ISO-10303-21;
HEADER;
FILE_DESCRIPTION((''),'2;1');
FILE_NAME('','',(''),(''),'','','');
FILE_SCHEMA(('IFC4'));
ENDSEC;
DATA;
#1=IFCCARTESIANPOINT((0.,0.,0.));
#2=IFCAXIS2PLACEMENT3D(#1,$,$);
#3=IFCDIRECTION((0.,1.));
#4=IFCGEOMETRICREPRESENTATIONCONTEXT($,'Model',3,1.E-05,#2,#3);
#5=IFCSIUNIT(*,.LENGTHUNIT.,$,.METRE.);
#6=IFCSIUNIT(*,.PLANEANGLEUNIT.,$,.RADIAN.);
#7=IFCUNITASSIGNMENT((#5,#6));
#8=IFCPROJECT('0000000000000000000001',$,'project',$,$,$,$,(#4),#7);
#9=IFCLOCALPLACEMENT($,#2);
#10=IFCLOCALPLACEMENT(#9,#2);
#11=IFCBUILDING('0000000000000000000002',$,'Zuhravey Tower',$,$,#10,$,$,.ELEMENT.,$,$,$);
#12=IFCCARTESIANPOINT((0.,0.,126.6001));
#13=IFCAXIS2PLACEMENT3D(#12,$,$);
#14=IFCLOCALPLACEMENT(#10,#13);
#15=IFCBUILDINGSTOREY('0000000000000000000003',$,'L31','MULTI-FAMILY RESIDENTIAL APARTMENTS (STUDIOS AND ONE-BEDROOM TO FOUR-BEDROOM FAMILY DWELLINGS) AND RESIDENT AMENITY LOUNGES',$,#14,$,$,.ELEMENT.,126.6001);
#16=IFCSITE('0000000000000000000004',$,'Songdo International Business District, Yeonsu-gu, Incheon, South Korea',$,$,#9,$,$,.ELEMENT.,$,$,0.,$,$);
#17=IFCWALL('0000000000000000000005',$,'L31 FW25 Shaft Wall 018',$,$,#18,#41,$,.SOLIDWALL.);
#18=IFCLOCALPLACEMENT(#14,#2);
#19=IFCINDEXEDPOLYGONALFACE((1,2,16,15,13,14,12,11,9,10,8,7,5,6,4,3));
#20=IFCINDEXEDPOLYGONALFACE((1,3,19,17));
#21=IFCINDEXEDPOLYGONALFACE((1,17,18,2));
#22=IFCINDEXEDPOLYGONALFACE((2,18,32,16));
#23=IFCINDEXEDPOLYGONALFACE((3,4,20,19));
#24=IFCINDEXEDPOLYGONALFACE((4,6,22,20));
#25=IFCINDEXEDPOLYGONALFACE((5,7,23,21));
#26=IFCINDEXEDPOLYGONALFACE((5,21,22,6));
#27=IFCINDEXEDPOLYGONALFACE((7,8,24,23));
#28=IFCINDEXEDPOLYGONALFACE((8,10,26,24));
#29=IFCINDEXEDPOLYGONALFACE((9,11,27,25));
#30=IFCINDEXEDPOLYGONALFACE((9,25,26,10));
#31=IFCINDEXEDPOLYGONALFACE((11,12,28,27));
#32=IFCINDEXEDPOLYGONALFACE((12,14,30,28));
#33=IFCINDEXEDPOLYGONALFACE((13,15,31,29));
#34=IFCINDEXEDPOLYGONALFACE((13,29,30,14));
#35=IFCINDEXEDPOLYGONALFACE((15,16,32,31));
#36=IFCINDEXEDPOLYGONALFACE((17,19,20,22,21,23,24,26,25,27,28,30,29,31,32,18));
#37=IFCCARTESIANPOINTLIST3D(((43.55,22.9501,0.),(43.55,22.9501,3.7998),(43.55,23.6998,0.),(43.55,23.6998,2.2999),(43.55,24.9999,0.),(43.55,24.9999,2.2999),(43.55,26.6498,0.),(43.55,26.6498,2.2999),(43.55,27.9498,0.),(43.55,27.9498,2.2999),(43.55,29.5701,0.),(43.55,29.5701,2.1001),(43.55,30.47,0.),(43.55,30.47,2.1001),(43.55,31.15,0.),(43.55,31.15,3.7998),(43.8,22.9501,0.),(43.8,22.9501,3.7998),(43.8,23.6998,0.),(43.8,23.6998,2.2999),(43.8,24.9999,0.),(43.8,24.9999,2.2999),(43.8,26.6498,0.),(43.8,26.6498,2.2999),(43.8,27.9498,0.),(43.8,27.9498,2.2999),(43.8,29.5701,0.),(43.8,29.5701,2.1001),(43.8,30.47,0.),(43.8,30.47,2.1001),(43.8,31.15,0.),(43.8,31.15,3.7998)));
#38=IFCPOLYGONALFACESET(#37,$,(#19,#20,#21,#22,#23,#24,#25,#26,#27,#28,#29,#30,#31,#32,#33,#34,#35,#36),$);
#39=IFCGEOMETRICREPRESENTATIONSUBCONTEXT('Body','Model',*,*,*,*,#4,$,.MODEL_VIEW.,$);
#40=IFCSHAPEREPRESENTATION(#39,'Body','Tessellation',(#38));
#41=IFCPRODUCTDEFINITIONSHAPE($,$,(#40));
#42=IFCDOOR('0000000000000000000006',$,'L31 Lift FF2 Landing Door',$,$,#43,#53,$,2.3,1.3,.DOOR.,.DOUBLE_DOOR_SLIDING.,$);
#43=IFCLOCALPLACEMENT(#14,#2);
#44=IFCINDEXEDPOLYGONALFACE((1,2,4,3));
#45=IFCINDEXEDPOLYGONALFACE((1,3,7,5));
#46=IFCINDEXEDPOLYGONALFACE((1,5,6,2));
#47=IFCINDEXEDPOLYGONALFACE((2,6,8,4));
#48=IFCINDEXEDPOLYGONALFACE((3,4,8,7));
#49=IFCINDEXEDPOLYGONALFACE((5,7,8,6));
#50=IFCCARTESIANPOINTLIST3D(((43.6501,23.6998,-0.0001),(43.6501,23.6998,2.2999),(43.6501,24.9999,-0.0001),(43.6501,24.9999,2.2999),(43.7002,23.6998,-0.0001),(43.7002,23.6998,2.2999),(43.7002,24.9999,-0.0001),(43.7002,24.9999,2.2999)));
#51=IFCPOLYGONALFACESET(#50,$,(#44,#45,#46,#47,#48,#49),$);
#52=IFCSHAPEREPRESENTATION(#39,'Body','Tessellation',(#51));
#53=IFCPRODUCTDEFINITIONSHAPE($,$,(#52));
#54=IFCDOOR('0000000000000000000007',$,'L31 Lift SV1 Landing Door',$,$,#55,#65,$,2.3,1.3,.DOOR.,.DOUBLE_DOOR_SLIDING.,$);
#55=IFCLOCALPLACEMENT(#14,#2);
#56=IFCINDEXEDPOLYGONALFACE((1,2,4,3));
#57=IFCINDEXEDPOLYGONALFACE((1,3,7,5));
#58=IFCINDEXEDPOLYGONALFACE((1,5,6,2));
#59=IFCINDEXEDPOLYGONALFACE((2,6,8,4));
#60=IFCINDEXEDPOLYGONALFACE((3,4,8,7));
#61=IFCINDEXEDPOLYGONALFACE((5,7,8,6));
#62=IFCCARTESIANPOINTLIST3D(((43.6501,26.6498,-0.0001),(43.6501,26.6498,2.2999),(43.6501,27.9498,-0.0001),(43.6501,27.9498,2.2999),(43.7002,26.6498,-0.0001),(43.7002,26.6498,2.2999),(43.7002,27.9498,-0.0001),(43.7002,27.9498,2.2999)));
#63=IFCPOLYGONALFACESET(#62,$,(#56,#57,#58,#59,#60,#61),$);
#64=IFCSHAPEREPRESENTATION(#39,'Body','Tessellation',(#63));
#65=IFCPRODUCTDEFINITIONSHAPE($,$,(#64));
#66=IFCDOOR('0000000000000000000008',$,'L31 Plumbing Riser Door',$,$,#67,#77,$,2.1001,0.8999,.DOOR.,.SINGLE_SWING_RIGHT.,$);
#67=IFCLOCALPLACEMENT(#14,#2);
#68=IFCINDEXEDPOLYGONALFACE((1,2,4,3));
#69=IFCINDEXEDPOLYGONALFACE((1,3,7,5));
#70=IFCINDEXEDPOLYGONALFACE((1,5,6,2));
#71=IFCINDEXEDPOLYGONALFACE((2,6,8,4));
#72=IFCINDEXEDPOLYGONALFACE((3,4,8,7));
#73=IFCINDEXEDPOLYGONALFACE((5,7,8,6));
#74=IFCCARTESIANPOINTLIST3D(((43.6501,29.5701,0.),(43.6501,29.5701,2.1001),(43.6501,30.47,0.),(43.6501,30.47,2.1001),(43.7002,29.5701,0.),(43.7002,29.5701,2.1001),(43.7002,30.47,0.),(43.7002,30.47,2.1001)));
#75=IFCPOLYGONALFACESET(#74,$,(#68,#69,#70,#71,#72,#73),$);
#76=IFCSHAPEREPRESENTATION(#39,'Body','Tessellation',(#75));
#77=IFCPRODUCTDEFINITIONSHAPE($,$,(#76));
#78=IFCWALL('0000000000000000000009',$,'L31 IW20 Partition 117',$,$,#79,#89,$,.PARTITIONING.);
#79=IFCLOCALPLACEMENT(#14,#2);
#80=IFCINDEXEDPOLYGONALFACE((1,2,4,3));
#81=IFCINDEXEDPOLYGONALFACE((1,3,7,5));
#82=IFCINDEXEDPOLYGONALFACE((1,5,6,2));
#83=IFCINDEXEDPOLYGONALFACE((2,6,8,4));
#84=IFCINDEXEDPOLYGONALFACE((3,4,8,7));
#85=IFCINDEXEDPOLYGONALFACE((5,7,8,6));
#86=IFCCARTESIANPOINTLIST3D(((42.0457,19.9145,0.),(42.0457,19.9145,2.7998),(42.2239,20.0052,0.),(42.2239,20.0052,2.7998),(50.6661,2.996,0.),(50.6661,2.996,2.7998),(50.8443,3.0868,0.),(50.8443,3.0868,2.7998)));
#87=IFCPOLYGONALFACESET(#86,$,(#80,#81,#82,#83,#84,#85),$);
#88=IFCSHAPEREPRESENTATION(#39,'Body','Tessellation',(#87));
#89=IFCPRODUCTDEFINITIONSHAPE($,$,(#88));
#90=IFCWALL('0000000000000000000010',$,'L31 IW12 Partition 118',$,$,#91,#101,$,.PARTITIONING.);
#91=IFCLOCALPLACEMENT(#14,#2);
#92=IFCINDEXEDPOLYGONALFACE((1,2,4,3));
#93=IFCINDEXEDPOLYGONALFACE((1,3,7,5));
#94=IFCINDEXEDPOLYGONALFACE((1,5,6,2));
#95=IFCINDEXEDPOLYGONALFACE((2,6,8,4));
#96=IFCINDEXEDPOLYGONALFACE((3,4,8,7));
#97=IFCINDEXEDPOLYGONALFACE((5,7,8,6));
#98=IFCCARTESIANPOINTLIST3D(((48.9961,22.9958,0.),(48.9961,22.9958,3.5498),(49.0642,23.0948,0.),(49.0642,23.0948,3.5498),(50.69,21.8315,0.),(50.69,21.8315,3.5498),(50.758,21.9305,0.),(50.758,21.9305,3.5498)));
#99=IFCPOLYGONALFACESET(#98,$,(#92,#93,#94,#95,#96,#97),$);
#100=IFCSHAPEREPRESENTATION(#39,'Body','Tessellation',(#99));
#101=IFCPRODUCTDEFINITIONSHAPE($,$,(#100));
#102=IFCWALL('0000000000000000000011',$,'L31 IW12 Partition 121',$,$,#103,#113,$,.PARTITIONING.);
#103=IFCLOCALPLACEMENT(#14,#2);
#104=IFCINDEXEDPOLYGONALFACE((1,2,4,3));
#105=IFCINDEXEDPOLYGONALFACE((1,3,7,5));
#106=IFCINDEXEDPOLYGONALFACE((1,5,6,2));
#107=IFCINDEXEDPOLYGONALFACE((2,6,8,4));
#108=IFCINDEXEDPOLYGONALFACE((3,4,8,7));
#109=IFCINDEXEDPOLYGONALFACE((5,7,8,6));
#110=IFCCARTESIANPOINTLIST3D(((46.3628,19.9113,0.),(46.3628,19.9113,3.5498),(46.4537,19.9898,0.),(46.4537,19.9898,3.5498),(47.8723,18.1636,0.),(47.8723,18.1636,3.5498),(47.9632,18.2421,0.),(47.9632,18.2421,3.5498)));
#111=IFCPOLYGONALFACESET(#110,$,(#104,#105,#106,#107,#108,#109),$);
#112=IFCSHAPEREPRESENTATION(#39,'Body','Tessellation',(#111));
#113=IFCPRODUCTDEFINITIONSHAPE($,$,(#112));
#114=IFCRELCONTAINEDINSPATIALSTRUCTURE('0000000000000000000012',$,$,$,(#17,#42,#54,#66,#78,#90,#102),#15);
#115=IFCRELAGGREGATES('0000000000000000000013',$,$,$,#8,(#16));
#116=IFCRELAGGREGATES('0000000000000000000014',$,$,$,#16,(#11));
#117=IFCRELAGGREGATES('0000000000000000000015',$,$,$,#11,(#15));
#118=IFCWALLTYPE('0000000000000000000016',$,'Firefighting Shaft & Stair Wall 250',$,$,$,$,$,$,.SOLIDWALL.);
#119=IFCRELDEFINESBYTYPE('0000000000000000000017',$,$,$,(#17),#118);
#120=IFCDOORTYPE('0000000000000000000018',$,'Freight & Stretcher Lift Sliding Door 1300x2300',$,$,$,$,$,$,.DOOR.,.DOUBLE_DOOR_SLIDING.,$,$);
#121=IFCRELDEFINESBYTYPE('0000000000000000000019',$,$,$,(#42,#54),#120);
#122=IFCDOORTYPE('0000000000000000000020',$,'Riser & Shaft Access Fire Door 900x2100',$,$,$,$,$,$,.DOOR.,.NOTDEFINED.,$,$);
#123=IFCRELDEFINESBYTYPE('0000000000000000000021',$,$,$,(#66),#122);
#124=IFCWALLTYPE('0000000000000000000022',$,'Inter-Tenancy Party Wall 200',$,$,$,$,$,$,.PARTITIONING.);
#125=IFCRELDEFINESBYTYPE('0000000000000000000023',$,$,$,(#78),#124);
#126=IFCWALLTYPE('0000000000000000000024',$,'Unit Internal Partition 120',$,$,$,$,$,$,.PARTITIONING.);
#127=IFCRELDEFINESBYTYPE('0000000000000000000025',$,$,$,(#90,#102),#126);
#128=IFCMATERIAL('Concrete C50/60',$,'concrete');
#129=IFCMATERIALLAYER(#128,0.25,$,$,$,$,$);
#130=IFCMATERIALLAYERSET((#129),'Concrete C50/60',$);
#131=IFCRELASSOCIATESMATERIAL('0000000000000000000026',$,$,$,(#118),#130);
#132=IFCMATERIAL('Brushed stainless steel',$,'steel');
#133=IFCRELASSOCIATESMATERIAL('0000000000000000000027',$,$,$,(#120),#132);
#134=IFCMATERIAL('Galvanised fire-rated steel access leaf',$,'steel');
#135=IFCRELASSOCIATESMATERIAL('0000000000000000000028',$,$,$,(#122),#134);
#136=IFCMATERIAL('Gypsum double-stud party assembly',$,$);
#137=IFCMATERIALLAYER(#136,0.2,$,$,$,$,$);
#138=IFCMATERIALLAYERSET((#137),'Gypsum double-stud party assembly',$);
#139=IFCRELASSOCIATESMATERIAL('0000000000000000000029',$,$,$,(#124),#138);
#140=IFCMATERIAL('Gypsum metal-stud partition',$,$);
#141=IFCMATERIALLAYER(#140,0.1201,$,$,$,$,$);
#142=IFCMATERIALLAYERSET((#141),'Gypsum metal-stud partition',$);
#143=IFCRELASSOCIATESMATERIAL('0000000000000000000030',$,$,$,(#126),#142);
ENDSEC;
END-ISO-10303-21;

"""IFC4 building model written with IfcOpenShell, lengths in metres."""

from ifc_helpers import new_model, si_unit, direction, frame, frame_2d, origin, place, context, subcontext, project, spatial, rectangle, extrude, material, layer, layer_set, type_object, element, fill, save


model = new_model("IFC4")

# Units and contexts
model_context = context("Model", 3, precision=1e-05, world=origin(), true_north=direction((0.0, 1.0)))
body_context = subcontext(model_context, "Body", "Model", "MODEL_VIEW")
ifc_project = project(units=[si_unit("LENGTHUNIT", "METRE"), si_unit("PLANEANGLEUNIT", "RADIAN")], contexts=[model_context])

# Site, building, storey
site_placement = place(None, origin())
site = spatial("IfcSite", under=ifc_project, at=site_placement, Name="Songdo International Business District, Yeonsu-gu, Incheon, South Korea", CompositionType="ELEMENT", RefElevation=0.0)
building_placement = place(site_placement, origin())
building = spatial("IfcBuilding", under=site, at=building_placement, Name="Zuhravey Tower", CompositionType="ELEMENT")
storey_placement = place(building_placement, frame((0.0, 0.0, 126.6001)))
storey = spatial("IfcBuildingStorey", under=building, at=storey_placement, Name="L31", Description="MULTI-FAMILY RESIDENTIAL APARTMENTS (STUDIOS AND ONE-BEDROOM TO FOUR-BEDROOM FAMILY DWELLINGS) AND RESIDENT AMENITY LOUNGES", CompositionType="ELEMENT", Elevation=126.6001)

# Shared definitions
ifc_material_1 = material(Name="Concrete C50/60", Category="concrete")
ifc_layer_1 = layer(ifc_material_1, 0.25)
ifc_layer_set_1 = layer_set([ifc_layer_1], Name="Concrete C50/60")
wall_type_1 = type_object("IfcWallType", Name="Firefighting Shaft & Stair Wall 250", PredefinedType="SOLIDWALL", material=ifc_layer_set_1)

# Wall, openings, doors
wall_1_placement = place(storey_placement, frame((43.675, 22.95, 0.0), z_axis=(0.0, 0.0, 1.0), x_axis=(0.0, 1.0, 0.0)))
wall_1 = element("IfcWall", 1, at=wall_1_placement, inside=storey, type_object=wall_type_1, Name="L31 FW25 Shaft Wall 018", PredefinedType="SOLIDWALL", context=body_context, shape_type="SweptSolid", body=[
    extrude(rectangle(XDim=8.2, YDim=0.25, at=frame_2d((4.1001, 0.0))), origin(), (0.0, 0.0, 1.0), 3.7998),
])
opening_1_placement = place(wall_1_placement, frame((0.75, 0.0, 0.0)))
opening_1 = element("IfcOpeningElement", 2, at=opening_1_placement, cuts=wall_1, PredefinedType="OPENING", context=body_context, shape_type="SweptSolid", body=[
    extrude(rectangle(XDim=1.3, YDim=2.3, at=frame_2d((0.6499, 1.1499))), frame((0.0, 0.137, 0.0), z_axis=(0.0, -1.0, 0.0), x_axis=(1.0, 0.0, 0.0)), (0.0, 0.0, 1.0), 0.2739),
])
opening_2_placement = place(wall_1_placement, frame((3.7, 0.0, 0.0)))
opening_2 = element("IfcOpeningElement", 3, at=opening_2_placement, cuts=wall_1, PredefinedType="OPENING", context=body_context, shape_type="SweptSolid", body=[
    extrude(rectangle(XDim=1.3, YDim=2.3, at=frame_2d((0.6499, 1.1499))), frame((0.0, 0.137, 0.0), z_axis=(0.0, -1.0, 0.0), x_axis=(1.0, 0.0, 0.0)), (0.0, 0.0, 1.0), 0.2739),
])
opening_3_placement = place(wall_1_placement, frame((6.6201, 0.0, 0.0)))
opening_3 = element("IfcOpeningElement", 4, at=opening_3_placement, cuts=wall_1, PredefinedType="OPENING", context=body_context, shape_type="SweptSolid", body=[
    extrude(rectangle(XDim=0.8999, YDim=2.1001, at=frame_2d((0.45, 1.05))), frame((0.0, 0.137, 0.0), z_axis=(0.0, -1.0, 0.0), x_axis=(1.0, 0.0, 0.0)), (0.0, 0.0, 1.0), 0.2739),
])
ifc_material_2 = material(Name="Brushed stainless steel", Category="steel")
door_type_1 = type_object("IfcDoorType", Name="Freight & Stretcher Lift Sliding Door 1300x2300", OperationType="DOUBLE_DOOR_SLIDING", PredefinedType="DOOR", material=ifc_material_2)
door_1_placement = place(opening_1_placement, origin())
door_1 = element("IfcDoor", 5, at=door_1_placement, inside=storey, type_object=door_type_1, Name="L31 Lift FF2 Landing Door", OperationType="DOUBLE_DOOR_SLIDING", OverallHeight=2.3, OverallWidth=1.3, PredefinedType="DOOR", context=body_context, shape_type="SweptSolid", body=[
    extrude(rectangle(XDim=1.3, YDim=2.3, at=frame_2d((0.6499, 1.1499))), frame((0.0, 0.0249, 0.0), z_axis=(0.0, -1.0, 0.0), x_axis=(1.0, 0.0, 0.0)), (0.0, 0.0, 1.0), 0.05),
])
fill(opening_1, door_1)
door_2_placement = place(opening_2_placement, origin())
door_2 = element("IfcDoor", 6, at=door_2_placement, inside=storey, type_object=door_type_1, Name="L31 Lift SV1 Landing Door", OperationType="DOUBLE_DOOR_SLIDING", OverallHeight=2.3, OverallWidth=1.3, PredefinedType="DOOR", context=body_context, shape_type="SweptSolid", body=[
    extrude(rectangle(XDim=1.3, YDim=2.3, at=frame_2d((0.6499, 1.1499))), frame((0.0, 0.0249, 0.0), z_axis=(0.0, -1.0, 0.0), x_axis=(1.0, 0.0, 0.0)), (0.0, 0.0, 1.0), 0.05),
])
fill(opening_2, door_2)
ifc_material_3 = material(Name="Galvanised fire-rated steel access leaf", Category="steel")
door_type_2 = type_object("IfcDoorType", Name="Riser & Shaft Access Fire Door 900x2100", OperationType="NOTDEFINED", PredefinedType="DOOR", material=ifc_material_3)
door_3_placement = place(opening_3_placement, origin())
door_3 = element("IfcDoor", 7, at=door_3_placement, inside=storey, type_object=door_type_2, Name="L31 Plumbing Riser Door", OperationType="SINGLE_SWING_RIGHT", OverallHeight=2.1001, OverallWidth=0.8999, PredefinedType="DOOR", context=body_context, shape_type="SweptSolid", body=[
    extrude(rectangle(XDim=0.8999, YDim=2.1001, at=frame_2d((0.45, 1.05))), frame((0.0, 0.0249, 0.0), z_axis=(0.0, -1.0, 0.0), x_axis=(1.0, 0.0, 0.0)), (0.0, 0.0, 1.0), 0.05),
])
fill(opening_3, door_3)

# Walls
ifc_material_4 = material(Name="Gypsum double-stud party assembly")
ifc_layer_2 = layer(ifc_material_4, 0.2)
ifc_layer_set_2 = layer_set([ifc_layer_2], Name="Gypsum double-stud party assembly")
wall_type_2 = type_object("IfcWallType", Name="Inter-Tenancy Party Wall 200", PredefinedType="PARTITIONING", material=ifc_layer_set_2)
wall_2_placement = place(storey_placement, frame((42.1348, 19.96, 0.0), z_axis=(0.0, 0.0, 1.0), x_axis=(0.45399, -0.891007, 0.0)))
element("IfcWall", 8, at=wall_2_placement, inside=storey, type_object=wall_type_2, Name="L31 IW20 Partition 117", PredefinedType="PARTITIONING", context=body_context, shape_type="SweptSolid", body=[
    extrude(rectangle(XDim=18.988, YDim=0.2, at=frame_2d((9.4941, 0.0))), origin(), (0.0, 0.0, 1.0), 2.7998),
])
ifc_material_5 = material(Name="Gypsum metal-stud partition")
ifc_layer_3 = layer(ifc_material_5, 0.1201)
ifc_layer_set_3 = layer_set([ifc_layer_3], Name="Gypsum metal-stud partition")
wall_type_3 = type_object("IfcWallType", Name="Unit Internal Partition 120", PredefinedType="PARTITIONING", material=ifc_layer_set_3)
wall_3_placement = place(storey_placement, frame((49.03, 23.0454, 0.0), z_axis=(0.0, 0.0, 1.0), x_axis=(0.82409, -0.566458, 0.0)))
element("IfcWall", 9, at=wall_3_placement, inside=storey, type_object=wall_type_3, Name="L31 IW12 Partition 118", PredefinedType="PARTITIONING", context=body_context, shape_type="SweptSolid", body=[
    extrude(rectangle(XDim=2.0554, YDim=0.1201, at=frame_2d((1.0278, 0.0))), origin(), (0.0, 0.0, 1.0), 3.5498),
])
wall_4_placement = place(storey_placement, frame((46.4082, 19.9507, 0.0), z_axis=(0.0, 0.0, 1.0), x_axis=(0.653634, -0.756811, 0.0)))
element("IfcWall", 10, at=wall_4_placement, inside=storey, type_object=wall_type_3, Name="L31 IW12 Partition 121", PredefinedType="PARTITIONING", context=body_context, shape_type="SweptSolid", body=[
    extrude(rectangle(XDim=2.3093, YDim=0.1201, at=frame_2d((1.1548, 0.0))), origin(), (0.0, 0.0, 1.0), 3.5498),
])

save(model, "model.ifc")
